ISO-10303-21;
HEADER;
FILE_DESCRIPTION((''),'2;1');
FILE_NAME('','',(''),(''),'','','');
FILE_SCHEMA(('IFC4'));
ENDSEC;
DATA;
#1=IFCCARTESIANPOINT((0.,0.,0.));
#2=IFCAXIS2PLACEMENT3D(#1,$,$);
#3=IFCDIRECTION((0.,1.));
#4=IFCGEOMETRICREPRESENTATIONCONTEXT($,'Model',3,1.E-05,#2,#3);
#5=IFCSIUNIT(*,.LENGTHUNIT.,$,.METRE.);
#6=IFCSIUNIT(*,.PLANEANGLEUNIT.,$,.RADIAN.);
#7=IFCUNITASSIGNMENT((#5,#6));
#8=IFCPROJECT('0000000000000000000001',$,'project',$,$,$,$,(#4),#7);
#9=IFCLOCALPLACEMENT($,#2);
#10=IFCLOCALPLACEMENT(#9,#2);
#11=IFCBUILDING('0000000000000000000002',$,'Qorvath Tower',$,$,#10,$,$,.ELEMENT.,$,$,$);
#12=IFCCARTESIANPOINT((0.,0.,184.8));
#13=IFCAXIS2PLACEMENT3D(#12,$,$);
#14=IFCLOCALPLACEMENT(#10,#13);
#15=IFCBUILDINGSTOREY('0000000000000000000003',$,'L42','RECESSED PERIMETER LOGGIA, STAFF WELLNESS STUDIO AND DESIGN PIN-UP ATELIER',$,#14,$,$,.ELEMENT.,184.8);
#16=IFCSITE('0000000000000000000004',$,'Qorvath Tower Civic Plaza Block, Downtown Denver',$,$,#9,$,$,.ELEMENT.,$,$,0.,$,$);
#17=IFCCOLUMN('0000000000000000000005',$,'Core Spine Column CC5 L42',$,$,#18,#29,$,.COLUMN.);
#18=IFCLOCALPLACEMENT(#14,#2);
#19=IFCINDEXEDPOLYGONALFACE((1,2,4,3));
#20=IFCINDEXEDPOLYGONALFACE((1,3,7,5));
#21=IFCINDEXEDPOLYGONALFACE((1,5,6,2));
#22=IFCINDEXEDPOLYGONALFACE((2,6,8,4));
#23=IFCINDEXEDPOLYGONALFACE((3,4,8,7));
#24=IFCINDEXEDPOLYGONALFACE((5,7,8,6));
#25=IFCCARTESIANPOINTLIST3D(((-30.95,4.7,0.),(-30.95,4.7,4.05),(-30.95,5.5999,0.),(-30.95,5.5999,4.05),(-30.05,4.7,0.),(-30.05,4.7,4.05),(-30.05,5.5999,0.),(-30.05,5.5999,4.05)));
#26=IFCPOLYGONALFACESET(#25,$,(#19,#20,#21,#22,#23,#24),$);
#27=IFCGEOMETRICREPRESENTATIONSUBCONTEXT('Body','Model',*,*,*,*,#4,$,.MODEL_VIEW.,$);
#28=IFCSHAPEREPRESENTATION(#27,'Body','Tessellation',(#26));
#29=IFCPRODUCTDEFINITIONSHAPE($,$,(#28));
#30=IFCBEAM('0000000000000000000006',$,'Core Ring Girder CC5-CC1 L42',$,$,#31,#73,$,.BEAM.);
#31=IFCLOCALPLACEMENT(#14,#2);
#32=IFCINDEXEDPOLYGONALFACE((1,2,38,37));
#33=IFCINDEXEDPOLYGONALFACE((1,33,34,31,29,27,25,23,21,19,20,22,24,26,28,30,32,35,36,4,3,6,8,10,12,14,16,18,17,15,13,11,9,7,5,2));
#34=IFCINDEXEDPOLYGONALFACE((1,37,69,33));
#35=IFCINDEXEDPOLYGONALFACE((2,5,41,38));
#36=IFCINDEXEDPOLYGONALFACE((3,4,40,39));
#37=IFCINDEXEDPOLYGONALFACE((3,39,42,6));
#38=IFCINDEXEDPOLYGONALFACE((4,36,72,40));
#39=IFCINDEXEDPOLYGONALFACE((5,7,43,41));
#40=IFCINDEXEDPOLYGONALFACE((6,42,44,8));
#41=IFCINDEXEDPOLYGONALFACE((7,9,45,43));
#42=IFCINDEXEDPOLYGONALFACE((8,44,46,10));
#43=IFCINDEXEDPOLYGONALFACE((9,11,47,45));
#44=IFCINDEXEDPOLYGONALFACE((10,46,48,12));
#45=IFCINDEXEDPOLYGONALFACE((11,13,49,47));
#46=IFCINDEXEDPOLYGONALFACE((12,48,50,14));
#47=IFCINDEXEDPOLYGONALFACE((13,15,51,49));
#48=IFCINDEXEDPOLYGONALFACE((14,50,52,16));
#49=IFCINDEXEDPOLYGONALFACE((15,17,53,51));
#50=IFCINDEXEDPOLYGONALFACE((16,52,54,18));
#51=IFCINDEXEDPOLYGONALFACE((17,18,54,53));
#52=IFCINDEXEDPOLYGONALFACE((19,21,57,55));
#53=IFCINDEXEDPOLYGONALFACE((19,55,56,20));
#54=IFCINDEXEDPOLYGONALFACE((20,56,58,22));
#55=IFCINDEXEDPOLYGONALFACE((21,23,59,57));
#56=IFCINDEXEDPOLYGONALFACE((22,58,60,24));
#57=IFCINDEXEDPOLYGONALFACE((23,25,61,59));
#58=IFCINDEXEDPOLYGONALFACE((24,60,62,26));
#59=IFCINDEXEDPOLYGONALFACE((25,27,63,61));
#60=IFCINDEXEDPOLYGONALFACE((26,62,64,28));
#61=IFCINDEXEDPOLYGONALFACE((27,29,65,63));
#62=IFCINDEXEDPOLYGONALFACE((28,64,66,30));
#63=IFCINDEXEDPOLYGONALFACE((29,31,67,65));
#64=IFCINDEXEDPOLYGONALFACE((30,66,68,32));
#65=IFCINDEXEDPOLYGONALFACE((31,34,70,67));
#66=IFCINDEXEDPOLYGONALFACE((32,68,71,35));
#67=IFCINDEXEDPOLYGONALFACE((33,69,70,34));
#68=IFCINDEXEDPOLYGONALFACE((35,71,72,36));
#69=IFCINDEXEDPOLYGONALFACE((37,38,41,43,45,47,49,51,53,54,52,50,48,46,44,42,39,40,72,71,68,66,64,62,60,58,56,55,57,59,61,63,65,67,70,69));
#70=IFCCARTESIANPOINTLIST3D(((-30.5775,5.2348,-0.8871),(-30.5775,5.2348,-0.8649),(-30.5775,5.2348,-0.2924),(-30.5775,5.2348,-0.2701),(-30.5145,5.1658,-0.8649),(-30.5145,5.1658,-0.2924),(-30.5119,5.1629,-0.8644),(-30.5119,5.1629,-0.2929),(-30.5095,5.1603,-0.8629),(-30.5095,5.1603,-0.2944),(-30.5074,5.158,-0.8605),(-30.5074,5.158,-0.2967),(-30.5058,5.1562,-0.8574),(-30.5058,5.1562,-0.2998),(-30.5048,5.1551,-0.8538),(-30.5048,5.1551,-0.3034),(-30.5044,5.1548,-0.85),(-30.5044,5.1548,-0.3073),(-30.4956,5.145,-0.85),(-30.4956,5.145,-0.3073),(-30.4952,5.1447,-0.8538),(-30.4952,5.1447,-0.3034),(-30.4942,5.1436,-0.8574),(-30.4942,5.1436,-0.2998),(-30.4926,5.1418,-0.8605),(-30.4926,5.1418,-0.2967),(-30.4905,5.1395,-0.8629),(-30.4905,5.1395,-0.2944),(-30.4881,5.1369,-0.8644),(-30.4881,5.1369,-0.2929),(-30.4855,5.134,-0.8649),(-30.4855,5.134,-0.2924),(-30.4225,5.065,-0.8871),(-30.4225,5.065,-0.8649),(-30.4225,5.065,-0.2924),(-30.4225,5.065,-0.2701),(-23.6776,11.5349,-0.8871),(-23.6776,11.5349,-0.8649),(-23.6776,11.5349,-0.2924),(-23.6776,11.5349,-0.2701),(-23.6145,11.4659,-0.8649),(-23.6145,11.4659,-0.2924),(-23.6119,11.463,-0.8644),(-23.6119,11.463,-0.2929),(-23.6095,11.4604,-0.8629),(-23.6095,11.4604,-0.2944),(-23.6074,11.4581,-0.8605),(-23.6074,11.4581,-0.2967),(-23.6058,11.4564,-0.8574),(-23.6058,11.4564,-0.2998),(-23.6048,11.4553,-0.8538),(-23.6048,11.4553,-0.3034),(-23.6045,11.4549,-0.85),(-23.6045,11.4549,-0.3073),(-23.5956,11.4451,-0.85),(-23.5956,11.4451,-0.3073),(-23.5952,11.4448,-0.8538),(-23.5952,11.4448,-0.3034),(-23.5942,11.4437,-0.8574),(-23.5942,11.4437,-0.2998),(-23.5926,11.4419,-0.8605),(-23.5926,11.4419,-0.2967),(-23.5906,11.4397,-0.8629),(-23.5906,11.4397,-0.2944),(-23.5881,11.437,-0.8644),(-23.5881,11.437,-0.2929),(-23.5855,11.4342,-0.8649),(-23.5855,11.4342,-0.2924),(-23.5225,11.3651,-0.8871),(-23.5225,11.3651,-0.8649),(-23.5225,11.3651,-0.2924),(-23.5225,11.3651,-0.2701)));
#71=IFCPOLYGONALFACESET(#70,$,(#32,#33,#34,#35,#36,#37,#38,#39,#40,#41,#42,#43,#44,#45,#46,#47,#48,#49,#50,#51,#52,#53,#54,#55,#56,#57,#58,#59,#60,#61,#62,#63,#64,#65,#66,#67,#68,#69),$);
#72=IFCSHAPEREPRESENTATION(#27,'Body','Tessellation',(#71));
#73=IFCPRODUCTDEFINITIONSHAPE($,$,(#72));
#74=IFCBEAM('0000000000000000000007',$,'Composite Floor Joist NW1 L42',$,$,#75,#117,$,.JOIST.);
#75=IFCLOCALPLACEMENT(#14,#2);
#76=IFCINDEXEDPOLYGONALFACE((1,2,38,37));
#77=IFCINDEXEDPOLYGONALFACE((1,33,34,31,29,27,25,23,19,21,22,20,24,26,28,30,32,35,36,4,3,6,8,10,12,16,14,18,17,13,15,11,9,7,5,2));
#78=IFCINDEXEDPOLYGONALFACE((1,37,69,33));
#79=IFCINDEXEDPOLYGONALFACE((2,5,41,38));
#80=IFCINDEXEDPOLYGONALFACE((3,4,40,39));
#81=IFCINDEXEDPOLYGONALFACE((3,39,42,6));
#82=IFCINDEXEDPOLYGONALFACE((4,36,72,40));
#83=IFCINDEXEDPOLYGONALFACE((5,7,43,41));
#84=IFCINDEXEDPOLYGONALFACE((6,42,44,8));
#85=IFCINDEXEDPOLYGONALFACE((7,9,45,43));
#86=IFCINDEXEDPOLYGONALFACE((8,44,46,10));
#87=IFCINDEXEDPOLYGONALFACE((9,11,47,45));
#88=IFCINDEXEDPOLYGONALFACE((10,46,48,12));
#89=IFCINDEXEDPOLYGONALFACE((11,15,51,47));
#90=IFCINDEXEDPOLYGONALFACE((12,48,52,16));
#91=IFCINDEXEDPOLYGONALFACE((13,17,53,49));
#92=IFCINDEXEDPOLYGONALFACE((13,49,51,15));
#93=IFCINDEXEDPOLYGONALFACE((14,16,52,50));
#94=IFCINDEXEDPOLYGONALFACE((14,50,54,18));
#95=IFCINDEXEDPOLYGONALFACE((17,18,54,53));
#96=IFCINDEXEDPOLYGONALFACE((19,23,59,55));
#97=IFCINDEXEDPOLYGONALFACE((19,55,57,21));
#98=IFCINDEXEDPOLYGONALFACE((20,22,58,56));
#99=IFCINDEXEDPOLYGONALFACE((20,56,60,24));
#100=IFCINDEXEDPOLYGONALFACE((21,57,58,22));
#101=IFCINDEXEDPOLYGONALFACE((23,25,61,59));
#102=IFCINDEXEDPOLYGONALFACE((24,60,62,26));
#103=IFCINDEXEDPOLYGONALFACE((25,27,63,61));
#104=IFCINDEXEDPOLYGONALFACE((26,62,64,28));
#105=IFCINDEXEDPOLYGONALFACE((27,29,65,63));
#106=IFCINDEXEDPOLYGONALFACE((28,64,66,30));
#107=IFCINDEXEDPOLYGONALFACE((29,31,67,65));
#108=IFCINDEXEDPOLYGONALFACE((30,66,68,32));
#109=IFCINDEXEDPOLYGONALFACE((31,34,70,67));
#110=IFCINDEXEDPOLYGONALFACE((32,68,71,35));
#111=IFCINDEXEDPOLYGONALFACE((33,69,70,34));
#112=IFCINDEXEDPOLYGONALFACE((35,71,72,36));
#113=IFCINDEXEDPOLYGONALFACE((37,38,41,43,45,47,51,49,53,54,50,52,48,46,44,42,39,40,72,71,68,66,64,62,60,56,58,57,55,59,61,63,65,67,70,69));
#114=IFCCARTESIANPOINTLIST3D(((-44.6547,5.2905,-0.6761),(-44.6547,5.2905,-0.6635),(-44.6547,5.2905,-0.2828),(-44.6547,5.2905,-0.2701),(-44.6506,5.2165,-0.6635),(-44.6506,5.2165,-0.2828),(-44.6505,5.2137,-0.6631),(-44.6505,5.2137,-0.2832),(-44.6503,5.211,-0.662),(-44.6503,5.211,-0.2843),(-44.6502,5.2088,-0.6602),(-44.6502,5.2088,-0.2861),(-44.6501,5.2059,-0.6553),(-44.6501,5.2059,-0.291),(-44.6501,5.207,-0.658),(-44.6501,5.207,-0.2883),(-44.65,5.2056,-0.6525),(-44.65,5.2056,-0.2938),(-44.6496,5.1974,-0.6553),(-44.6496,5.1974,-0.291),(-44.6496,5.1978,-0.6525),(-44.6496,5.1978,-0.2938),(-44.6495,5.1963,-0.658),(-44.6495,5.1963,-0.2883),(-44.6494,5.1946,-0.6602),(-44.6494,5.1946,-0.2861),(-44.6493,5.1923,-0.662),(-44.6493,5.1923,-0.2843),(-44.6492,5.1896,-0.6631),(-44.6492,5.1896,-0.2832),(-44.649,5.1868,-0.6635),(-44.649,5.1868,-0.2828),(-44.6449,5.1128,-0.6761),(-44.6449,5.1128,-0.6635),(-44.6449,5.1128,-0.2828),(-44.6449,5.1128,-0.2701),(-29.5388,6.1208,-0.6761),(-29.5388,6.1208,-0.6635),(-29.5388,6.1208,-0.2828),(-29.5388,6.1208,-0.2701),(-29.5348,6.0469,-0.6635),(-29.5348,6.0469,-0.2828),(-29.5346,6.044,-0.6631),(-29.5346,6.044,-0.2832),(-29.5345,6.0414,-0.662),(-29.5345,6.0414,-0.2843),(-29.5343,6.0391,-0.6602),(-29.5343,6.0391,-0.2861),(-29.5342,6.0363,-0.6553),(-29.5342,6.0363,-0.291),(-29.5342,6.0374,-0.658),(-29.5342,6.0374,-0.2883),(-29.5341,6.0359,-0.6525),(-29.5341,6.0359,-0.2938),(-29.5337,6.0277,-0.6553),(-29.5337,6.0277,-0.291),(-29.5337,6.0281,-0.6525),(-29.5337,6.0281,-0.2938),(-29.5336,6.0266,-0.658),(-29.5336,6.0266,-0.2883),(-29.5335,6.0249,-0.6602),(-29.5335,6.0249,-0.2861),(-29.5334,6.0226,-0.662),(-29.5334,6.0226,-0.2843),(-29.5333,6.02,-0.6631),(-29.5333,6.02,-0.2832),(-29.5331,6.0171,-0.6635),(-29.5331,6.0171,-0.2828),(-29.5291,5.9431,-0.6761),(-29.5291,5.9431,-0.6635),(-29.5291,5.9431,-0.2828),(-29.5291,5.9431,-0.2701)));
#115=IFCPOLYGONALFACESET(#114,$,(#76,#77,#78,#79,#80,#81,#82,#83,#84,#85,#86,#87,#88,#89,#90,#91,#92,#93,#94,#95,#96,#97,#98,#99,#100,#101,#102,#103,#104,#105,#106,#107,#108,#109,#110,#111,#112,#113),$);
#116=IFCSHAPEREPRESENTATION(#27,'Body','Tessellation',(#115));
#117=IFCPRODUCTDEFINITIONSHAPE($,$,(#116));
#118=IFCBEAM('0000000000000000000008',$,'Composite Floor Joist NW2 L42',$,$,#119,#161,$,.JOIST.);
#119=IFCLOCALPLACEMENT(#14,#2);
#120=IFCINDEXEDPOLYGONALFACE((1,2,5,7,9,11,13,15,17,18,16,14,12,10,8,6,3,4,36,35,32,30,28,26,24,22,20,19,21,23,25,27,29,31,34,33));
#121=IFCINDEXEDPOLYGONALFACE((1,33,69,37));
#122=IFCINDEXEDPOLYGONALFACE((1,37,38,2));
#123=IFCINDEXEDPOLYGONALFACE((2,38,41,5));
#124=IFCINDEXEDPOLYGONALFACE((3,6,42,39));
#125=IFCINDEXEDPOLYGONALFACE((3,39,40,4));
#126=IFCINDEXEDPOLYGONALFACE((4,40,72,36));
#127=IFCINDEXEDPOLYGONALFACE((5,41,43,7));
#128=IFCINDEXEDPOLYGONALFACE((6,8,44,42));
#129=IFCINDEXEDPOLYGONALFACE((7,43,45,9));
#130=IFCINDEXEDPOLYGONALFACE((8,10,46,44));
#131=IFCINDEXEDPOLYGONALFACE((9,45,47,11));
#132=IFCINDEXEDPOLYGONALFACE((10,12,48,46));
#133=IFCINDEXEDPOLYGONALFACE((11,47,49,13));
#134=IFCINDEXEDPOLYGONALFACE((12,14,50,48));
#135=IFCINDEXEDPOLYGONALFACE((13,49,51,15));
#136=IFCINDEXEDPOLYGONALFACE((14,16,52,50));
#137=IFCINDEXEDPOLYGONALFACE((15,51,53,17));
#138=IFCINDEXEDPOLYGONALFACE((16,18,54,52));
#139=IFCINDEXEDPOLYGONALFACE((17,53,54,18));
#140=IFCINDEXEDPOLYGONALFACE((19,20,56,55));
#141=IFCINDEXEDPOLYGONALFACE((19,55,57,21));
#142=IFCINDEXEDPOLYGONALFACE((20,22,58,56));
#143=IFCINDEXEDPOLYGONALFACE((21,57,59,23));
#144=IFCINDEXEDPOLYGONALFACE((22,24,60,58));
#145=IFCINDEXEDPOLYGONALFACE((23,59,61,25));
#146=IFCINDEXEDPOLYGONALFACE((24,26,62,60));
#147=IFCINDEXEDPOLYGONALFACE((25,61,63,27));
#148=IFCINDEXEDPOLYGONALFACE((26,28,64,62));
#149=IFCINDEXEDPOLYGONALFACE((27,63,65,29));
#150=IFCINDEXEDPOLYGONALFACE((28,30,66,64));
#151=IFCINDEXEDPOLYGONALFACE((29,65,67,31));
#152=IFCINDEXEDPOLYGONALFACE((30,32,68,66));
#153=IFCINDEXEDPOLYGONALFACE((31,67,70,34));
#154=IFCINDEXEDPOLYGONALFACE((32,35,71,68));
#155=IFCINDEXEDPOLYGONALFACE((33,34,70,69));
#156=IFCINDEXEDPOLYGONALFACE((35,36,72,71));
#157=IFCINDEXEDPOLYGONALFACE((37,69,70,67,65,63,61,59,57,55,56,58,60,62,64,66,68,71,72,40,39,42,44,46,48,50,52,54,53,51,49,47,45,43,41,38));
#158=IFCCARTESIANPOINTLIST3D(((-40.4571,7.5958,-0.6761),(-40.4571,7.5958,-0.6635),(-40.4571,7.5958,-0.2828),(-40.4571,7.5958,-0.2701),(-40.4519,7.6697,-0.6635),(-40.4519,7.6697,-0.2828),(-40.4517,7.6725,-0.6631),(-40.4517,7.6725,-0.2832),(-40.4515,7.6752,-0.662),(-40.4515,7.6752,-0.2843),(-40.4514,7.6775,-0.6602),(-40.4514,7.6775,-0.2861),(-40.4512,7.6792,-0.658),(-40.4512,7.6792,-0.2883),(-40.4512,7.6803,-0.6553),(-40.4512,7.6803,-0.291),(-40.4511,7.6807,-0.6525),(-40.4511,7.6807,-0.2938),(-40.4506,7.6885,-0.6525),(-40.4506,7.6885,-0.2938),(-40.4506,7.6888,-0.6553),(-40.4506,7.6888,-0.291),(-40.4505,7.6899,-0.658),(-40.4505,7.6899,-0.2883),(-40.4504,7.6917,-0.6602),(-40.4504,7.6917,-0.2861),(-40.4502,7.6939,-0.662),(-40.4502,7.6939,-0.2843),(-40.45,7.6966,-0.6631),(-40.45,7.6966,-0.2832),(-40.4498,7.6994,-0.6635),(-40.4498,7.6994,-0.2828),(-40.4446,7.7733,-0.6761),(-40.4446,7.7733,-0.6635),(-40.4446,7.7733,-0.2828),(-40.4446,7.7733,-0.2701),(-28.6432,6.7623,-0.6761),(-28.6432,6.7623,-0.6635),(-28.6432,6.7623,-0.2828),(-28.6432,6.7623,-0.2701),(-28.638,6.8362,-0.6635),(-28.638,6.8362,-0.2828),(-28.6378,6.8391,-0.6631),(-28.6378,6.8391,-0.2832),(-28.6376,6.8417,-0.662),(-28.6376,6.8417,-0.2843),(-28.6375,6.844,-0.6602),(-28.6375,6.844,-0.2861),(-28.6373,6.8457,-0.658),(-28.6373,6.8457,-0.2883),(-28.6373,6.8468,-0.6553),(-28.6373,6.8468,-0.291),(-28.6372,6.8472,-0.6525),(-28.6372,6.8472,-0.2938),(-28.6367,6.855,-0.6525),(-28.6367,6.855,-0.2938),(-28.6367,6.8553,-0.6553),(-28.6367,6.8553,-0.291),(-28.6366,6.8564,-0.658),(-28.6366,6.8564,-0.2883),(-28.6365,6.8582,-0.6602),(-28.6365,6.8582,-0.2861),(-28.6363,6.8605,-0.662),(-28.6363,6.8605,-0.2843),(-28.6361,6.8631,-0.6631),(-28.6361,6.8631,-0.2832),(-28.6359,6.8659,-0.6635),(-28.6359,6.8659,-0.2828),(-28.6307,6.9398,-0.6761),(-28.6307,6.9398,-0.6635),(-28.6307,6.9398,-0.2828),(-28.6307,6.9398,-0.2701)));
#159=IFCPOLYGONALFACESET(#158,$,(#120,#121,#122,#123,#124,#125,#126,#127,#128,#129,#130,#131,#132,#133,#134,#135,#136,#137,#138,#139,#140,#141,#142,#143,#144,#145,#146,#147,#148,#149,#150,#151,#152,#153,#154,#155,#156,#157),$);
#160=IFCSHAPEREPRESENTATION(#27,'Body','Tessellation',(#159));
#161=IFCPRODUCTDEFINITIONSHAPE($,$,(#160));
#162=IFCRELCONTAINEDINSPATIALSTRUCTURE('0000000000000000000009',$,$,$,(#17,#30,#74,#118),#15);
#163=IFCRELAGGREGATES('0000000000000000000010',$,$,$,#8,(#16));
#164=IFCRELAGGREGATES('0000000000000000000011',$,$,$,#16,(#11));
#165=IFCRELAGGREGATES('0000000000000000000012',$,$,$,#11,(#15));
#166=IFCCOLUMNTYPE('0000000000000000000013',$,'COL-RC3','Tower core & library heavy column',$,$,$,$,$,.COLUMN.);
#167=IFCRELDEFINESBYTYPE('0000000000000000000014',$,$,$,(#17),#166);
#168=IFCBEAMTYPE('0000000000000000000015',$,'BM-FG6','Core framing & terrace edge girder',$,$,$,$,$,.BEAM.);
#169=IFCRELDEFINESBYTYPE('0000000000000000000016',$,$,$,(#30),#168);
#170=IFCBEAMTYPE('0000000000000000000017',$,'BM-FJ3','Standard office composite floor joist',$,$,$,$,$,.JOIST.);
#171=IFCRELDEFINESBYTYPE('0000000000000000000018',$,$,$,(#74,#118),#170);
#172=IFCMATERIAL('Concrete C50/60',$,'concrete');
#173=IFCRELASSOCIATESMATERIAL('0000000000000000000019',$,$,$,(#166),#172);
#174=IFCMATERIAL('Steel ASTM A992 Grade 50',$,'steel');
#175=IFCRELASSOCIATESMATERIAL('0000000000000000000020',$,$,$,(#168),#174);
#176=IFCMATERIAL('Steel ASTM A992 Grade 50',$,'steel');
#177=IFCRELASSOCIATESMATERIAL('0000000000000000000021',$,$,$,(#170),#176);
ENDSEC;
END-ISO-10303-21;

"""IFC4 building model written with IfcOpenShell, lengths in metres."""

from ifc_helpers import new_model, si_unit, direction, frame, origin, origin_2d, place, context, subcontext, project, spatial, rectangle, i_section, extrude, material, material_profile, profile_set, type_object, element, save


model = new_model("IFC4")

# Units and contexts
model_context = context("Model", 3, precision=1e-05, world=origin(), true_north=direction((0.0, 1.0)))
body_context = subcontext(model_context, "Body", "Model", "MODEL_VIEW")
ifc_project = project(units=[si_unit("LENGTHUNIT", "METRE"), si_unit("PLANEANGLEUNIT", "RADIAN")], contexts=[model_context])

# Site, building, storey
site_placement = place(None, origin())
site = spatial("IfcSite", under=ifc_project, at=site_placement, Name="Qorvath Tower Civic Plaza Block, Downtown Denver", CompositionType="ELEMENT", RefElevation=0.0)
building_placement = place(site_placement, origin())
building = spatial("IfcBuilding", under=site, at=building_placement, Name="Qorvath Tower", CompositionType="ELEMENT")
storey_placement = place(building_placement, frame((0.0, 0.0, 184.8)))
storey = spatial("IfcBuildingStorey", under=building, at=storey_placement, Name="L42", Description="RECESSED PERIMETER LOGGIA, STAFF WELLNESS STUDIO AND DESIGN PIN-UP ATELIER", CompositionType="ELEMENT", Elevation=184.8)

# Column
ifc_material_1 = material(Name="Concrete C50/60", Category="concrete")
ifc_material_profile_1 = material_profile(ifc_material_1, rectangle(XDim=0.8999, YDim=0.8999, at=origin_2d()), Name="RC 900x900")
ifc_profile_set_1 = profile_set([ifc_material_profile_1], Name="Concrete C50/60")
column_type = type_object("IfcColumnType", Name="COL-RC3", Description="Tower core & library heavy column", PredefinedType="COLUMN", material=ifc_profile_set_1)
column_placement = place(storey_placement, frame((-30.5, 5.1499, 0.0), z_axis=(0.0, 0.0, 1.0), x_axis=(1.0, 0.0, 0.0)))
element("IfcColumn", 1, at=column_placement, inside=storey, type_object=column_type, Name="Core Spine Column CC5 L42", PredefinedType="COLUMN", context=body_context, shape_type="SweptSolid", body=[
    extrude(rectangle(XDim=0.8999, YDim=0.8999, at=origin_2d()), origin(), (0.0, 0.0, 1.0), 4.05),
])

# Beams
ifc_material_2 = material(Name="Steel ASTM A992 Grade 50", Category="steel")
ifc_material_profile_2 = material_profile(ifc_material_2, i_section(OverallWidth=0.23, OverallDepth=0.6169, WebThickness=0.0132, FlangeThickness=0.0222, FilletRadius=0.0149, at=origin_2d()), Name="W24x94")
ifc_profile_set_2 = profile_set([ifc_material_profile_2], Name="Steel ASTM A992 Grade 50")
beam_type_1 = type_object("IfcBeamType", Name="BM-FG6", Description="Core framing & terrace edge girder", PredefinedType="BEAM", material=ifc_profile_set_2)
beam_1_placement = place(storey_placement, frame((-30.5, 5.1499, -0.5786), z_axis=(0.738478, 0.674277, 0.0), x_axis=(-0.674277, 0.738478, 0.0)))
element("IfcBeam", 2, at=beam_1_placement, inside=storey, type_object=beam_type_1, Name="Core Ring Girder CC5-CC1 L42", PredefinedType="BEAM", context=body_context, shape_type="SweptSolid", body=[
    extrude(i_section(OverallWidth=0.23, OverallDepth=0.6169, WebThickness=0.0132, FlangeThickness=0.0222, FilletRadius=0.0149, at=origin_2d()), origin(), (0.0, 0.0, 1.0), 9.3435),
])
ifc_material_3 = material(Name="Steel ASTM A992 Grade 50", Category="steel")
ifc_material_profile_3 = material_profile(ifc_material_3, i_section(OverallWidth=0.178, OverallDepth=0.406, WebThickness=0.0078, FlangeThickness=0.0127, FilletRadius=0.011, at=origin_2d()), Name="W16x40")
ifc_profile_set_3 = profile_set([ifc_material_profile_3], Name="Steel ASTM A992 Grade 50")
beam_type_2 = type_object("IfcBeamType", Name="BM-FJ3", Description="Standard office composite floor joist", PredefinedType="JOIST", material=ifc_profile_set_3)
beam_2_placement = place(storey_placement, frame((-29.5339, 6.032, -0.4731), z_axis=(-0.998495, -0.054847, 0.0), x_axis=(0.054847, -0.998495, 0.0)))
element("IfcBeam", 3, at=beam_2_placement, inside=storey, type_object=beam_type_2, Name="Composite Floor Joist NW1 L42", PredefinedType="JOIST", context=body_context, shape_type="SweptSolid", body=[
    extrude(i_section(OverallWidth=0.178, OverallDepth=0.406, WebThickness=0.0078, FlangeThickness=0.0127, FilletRadius=0.011, at=origin_2d()), origin(), (0.0, 0.0, 1.0), 15.1387),
])
beam_3_placement = place(storey_placement, frame((-28.637, 6.8511, -0.4731), z_axis=(-0.99752, 0.070377, 0.0), x_axis=(-0.070377, -0.99752, 0.0)))
element("IfcBeam", 4, at=beam_3_placement, inside=storey, type_object=beam_type_2, Name="Composite Floor Joist NW2 L42", PredefinedType="JOIST", context=body_context, shape_type="SweptSolid", body=[
    extrude(i_section(OverallWidth=0.178, OverallDepth=0.406, WebThickness=0.0078, FlangeThickness=0.0127, FilletRadius=0.011, at=origin_2d()), origin(), (0.0, 0.0, 1.0), 11.8433),
])

save(model, "model.ifc")
